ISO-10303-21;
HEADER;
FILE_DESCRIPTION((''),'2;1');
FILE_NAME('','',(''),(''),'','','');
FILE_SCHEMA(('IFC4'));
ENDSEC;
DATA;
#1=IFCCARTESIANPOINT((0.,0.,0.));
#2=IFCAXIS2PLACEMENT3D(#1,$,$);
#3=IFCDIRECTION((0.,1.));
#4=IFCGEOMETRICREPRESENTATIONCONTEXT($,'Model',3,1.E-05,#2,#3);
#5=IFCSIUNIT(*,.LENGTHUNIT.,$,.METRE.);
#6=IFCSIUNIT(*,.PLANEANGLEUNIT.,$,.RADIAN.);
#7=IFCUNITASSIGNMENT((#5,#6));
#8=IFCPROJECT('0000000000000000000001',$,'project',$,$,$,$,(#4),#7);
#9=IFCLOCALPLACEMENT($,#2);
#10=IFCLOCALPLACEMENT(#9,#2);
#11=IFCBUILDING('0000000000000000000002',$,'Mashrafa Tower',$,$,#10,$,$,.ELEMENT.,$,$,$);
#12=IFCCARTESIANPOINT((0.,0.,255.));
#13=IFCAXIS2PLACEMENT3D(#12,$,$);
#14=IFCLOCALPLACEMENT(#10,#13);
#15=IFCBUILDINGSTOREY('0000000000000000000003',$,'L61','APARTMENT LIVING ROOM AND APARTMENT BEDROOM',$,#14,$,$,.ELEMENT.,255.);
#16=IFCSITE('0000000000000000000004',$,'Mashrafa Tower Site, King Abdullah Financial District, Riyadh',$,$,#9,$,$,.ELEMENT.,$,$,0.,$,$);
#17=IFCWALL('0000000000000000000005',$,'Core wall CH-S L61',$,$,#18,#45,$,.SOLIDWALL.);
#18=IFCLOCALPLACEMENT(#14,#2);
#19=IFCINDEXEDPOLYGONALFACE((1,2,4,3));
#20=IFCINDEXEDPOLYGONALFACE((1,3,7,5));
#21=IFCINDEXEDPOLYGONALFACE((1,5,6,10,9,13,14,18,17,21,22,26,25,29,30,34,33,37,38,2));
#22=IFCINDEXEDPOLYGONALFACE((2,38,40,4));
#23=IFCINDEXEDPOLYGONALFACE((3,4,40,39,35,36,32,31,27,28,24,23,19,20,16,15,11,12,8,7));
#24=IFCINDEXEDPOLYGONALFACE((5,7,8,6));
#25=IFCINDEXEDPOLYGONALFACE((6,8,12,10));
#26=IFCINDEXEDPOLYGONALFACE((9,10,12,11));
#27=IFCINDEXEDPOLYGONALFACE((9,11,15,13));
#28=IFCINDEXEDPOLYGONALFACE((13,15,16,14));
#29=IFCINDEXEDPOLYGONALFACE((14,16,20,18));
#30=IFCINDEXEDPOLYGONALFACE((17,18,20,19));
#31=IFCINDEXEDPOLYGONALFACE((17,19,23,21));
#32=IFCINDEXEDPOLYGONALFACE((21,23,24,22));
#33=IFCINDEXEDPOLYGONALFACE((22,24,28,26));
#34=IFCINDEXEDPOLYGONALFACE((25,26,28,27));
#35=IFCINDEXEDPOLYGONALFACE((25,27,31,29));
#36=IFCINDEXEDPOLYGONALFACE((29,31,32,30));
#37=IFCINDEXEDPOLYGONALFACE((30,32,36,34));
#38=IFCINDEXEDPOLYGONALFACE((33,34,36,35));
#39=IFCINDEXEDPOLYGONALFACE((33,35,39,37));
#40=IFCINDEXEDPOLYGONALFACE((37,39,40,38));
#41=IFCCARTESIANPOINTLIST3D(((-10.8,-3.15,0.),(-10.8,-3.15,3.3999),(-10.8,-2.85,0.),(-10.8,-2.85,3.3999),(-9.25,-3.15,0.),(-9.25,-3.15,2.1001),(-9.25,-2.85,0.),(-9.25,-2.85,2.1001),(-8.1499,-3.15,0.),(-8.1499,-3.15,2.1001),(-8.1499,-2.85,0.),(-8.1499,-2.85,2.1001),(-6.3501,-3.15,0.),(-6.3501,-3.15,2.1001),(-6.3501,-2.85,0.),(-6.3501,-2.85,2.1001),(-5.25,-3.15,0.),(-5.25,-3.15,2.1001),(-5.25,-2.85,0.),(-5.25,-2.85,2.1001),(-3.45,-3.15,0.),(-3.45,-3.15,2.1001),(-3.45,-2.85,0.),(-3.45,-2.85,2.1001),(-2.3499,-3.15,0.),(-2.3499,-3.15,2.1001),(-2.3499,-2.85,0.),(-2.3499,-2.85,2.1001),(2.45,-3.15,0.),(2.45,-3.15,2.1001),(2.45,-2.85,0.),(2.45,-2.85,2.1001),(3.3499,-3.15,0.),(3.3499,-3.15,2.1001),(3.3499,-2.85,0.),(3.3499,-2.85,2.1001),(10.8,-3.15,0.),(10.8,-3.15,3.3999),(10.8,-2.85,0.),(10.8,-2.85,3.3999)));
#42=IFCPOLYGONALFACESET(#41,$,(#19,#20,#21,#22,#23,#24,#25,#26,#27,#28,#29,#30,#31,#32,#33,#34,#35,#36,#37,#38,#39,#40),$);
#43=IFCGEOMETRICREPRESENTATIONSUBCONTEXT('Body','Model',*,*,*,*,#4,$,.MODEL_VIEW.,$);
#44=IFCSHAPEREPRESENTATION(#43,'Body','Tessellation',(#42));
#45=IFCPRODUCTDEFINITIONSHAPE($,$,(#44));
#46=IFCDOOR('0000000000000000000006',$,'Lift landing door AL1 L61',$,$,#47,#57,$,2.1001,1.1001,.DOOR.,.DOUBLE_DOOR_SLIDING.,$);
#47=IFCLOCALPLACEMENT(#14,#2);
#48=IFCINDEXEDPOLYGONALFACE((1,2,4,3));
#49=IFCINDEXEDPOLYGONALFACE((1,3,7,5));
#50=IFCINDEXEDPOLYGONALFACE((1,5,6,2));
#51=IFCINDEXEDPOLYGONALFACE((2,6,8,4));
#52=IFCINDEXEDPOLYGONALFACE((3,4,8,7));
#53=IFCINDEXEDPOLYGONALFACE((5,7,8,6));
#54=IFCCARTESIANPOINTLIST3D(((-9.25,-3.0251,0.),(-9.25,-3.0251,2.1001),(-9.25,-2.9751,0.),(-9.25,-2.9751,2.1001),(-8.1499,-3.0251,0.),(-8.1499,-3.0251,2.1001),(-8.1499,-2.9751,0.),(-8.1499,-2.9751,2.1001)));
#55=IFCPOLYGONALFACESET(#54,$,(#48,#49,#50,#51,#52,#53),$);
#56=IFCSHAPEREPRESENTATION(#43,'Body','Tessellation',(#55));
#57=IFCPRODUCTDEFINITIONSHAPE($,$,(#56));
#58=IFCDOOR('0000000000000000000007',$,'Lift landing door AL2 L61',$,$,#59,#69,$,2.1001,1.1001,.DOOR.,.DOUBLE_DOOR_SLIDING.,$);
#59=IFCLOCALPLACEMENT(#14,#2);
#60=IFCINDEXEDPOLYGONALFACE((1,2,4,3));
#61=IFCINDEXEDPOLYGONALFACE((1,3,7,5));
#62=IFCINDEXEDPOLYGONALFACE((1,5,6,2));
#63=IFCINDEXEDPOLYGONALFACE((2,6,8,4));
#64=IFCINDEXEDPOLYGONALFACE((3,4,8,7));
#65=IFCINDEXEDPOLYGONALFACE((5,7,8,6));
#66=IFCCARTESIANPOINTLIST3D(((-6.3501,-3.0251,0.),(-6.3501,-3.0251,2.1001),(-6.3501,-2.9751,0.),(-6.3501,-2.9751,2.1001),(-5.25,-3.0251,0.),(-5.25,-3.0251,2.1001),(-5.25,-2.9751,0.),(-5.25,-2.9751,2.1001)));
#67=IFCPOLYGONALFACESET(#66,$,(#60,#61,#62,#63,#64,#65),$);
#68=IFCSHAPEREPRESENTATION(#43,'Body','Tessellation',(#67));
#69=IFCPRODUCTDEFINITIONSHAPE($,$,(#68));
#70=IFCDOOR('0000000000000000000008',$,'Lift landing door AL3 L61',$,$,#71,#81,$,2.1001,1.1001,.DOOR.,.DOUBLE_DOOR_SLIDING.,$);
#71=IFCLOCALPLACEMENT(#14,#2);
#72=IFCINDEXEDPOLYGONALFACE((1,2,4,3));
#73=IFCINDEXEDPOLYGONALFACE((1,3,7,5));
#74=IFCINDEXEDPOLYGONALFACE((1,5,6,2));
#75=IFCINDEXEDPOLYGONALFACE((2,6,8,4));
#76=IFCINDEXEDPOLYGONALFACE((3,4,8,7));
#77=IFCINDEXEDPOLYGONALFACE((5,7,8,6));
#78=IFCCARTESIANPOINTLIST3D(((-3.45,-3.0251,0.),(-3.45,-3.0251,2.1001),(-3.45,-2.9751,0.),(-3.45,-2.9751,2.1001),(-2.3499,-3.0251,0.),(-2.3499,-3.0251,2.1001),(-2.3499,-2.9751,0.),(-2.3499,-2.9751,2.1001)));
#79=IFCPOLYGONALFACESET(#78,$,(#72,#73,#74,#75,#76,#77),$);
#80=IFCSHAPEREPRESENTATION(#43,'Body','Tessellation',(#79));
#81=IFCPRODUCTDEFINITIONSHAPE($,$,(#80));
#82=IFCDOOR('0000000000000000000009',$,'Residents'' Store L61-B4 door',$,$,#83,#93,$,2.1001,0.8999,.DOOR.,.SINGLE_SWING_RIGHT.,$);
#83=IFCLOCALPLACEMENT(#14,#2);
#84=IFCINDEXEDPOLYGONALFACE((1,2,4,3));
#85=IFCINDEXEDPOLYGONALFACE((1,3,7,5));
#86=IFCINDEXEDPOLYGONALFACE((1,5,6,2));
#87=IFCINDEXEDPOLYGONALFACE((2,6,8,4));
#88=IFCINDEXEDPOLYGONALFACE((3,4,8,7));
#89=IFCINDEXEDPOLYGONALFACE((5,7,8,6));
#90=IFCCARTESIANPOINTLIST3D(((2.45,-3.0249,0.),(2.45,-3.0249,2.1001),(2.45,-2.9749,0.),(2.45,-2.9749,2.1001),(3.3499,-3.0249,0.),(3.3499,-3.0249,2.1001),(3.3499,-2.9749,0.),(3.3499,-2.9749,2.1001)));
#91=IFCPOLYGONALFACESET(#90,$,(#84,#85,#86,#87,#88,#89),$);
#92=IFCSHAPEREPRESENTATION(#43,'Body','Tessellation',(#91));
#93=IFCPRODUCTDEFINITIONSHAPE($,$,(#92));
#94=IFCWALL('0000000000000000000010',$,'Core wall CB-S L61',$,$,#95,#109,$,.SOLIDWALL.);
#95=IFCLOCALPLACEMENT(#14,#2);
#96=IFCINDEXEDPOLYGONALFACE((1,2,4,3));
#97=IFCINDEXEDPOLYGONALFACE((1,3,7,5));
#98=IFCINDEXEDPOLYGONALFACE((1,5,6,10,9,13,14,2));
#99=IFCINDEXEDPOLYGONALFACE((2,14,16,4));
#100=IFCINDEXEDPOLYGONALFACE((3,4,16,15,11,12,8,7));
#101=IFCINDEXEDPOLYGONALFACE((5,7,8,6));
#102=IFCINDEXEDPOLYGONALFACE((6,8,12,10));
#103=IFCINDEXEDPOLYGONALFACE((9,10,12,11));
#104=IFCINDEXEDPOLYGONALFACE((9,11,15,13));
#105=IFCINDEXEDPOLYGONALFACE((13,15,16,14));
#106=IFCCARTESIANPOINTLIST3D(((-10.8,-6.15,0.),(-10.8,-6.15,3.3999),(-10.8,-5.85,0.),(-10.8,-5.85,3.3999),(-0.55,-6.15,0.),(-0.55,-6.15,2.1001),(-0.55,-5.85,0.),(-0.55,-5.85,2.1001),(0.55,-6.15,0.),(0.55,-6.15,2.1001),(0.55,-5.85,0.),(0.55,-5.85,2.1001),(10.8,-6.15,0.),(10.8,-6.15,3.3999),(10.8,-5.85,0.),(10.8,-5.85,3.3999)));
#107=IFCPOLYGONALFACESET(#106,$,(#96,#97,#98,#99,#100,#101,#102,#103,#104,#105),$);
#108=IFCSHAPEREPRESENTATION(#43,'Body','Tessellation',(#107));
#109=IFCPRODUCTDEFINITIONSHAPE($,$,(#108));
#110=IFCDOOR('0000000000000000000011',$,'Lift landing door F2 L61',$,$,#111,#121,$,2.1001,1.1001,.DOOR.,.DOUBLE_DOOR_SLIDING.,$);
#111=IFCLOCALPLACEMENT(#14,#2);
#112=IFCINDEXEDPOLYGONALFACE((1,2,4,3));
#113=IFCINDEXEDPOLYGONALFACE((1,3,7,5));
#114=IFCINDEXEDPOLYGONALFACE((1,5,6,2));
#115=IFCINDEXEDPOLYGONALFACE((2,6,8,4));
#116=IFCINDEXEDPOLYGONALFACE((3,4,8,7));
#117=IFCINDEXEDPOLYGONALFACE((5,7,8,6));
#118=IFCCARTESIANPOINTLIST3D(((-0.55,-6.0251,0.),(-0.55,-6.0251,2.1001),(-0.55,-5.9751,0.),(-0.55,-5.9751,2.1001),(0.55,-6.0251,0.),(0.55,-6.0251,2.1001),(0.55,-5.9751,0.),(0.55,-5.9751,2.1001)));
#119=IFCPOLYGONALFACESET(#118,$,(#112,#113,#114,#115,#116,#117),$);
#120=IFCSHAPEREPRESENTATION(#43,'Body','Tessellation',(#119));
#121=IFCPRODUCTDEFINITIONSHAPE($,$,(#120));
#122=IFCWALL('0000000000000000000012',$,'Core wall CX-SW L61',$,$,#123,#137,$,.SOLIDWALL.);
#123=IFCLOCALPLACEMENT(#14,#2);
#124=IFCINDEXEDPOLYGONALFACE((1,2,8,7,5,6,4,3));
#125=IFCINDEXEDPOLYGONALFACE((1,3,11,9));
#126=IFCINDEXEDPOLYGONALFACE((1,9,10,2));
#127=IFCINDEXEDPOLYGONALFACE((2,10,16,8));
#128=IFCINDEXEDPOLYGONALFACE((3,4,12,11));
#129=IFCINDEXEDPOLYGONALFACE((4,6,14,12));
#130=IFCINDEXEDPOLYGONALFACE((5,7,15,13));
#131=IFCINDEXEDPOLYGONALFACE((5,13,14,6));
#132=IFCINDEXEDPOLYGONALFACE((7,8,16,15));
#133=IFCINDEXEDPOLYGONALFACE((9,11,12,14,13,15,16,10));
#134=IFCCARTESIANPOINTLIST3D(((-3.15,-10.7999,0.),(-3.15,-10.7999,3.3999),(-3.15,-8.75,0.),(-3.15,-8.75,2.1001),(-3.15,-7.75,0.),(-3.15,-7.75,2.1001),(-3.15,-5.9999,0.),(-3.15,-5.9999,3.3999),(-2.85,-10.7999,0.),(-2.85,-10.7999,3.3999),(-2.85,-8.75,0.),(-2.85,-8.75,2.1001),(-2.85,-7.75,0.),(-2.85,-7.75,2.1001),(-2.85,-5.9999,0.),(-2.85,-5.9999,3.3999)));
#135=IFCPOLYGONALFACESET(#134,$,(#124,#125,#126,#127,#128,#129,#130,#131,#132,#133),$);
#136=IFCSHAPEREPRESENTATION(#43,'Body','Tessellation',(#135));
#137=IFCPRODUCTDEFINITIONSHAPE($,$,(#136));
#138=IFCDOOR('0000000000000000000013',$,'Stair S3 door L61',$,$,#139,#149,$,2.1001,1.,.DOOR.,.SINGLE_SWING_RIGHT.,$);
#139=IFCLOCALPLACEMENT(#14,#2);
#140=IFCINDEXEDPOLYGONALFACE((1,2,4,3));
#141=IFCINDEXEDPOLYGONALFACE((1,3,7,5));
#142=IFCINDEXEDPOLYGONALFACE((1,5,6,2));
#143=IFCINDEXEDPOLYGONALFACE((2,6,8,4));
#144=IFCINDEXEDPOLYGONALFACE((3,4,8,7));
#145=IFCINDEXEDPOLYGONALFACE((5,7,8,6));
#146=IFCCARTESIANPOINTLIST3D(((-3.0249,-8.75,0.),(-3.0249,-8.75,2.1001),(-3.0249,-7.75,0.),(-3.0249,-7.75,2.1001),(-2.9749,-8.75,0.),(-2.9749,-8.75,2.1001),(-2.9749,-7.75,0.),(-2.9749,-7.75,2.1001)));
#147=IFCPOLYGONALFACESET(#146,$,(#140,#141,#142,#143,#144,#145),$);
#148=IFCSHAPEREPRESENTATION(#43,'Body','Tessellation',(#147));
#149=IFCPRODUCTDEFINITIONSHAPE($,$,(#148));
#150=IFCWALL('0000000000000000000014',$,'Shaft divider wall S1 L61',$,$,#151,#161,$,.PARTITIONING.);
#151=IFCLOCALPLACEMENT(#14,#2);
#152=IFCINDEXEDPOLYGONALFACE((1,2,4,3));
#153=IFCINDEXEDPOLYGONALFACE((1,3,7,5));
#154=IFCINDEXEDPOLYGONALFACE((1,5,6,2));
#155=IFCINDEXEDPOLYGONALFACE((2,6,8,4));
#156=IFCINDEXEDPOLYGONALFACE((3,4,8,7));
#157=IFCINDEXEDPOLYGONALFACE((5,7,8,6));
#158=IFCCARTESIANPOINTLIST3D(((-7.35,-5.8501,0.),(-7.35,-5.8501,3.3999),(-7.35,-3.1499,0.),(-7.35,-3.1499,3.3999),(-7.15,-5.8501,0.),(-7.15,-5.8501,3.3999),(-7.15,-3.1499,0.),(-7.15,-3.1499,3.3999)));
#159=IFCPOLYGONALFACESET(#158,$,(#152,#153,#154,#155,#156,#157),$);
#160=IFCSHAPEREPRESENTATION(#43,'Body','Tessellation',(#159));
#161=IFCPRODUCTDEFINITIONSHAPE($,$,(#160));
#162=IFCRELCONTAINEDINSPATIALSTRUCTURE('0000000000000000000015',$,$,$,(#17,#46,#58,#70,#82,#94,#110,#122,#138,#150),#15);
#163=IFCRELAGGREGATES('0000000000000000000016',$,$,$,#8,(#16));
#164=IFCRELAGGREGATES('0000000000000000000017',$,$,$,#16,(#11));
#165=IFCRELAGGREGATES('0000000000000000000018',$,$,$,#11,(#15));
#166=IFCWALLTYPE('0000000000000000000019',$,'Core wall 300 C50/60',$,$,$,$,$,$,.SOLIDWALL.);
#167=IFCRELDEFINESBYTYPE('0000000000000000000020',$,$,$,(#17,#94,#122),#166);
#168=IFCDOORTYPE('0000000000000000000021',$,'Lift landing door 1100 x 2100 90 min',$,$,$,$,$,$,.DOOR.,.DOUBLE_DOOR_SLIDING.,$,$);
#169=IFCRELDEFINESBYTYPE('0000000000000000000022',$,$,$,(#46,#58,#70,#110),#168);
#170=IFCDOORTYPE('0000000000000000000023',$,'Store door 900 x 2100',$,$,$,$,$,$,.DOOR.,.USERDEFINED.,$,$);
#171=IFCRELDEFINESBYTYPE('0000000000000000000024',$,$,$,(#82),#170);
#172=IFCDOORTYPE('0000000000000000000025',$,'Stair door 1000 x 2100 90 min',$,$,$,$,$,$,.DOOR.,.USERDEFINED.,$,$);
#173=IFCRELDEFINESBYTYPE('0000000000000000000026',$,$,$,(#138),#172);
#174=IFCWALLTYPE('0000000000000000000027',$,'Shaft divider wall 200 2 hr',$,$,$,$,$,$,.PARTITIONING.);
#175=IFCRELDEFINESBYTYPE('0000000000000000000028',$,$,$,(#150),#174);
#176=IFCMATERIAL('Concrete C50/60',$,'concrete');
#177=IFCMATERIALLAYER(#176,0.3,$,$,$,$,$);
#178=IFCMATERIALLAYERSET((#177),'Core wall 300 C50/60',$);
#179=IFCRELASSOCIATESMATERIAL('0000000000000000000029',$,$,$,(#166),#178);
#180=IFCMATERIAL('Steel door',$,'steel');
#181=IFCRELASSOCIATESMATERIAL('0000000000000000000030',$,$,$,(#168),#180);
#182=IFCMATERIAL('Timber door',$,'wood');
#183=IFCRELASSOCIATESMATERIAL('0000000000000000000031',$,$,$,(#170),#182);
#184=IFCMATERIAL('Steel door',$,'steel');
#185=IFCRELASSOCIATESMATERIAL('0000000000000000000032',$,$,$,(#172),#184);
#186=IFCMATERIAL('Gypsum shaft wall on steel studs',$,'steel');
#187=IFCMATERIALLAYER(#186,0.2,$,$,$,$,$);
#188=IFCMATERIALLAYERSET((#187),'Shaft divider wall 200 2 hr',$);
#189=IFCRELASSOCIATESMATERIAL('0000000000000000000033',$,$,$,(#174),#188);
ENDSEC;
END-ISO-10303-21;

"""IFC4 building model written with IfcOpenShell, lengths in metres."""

from ifc_helpers import new_model, si_unit, direction, frame, frame_2d, origin, place, context, subcontext, project, spatial, rectangle, extrude, material, layer, layer_set, type_object, element, fill, save


model = new_model("IFC4")

# Units and contexts
model_context = context("Model", 3, precision=1e-05, world=origin(), true_north=direction((0.0, 1.0)))
body_context = subcontext(model_context, "Body", "Model", "MODEL_VIEW")
ifc_project = project(units=[si_unit("LENGTHUNIT", "METRE"), si_unit("PLANEANGLEUNIT", "RADIAN")], contexts=[model_context])

# Site, building, storey
site_placement = place(None, origin())
site = spatial("IfcSite", under=ifc_project, at=site_placement, Name="Mashrafa Tower Site, King Abdullah Financial District, Riyadh", CompositionType="ELEMENT", RefElevation=0.0)
building_placement = place(site_placement, origin())
building = spatial("IfcBuilding", under=site, at=building_placement, Name="Mashrafa Tower", CompositionType="ELEMENT")
storey_placement = place(building_placement, frame((0.0, 0.0, 255.0)))
storey = spatial("IfcBuildingStorey", under=building, at=storey_placement, Name="L61", Description="APARTMENT LIVING ROOM AND APARTMENT BEDROOM", CompositionType="ELEMENT", Elevation=255.0)

# Wall, openings, doors
ifc_material_1 = material(Name="Concrete C50/60", Category="concrete")
ifc_layer_1 = layer(ifc_material_1, 0.3)
ifc_layer_set_1 = layer_set([ifc_layer_1], Name="Core wall 300 C50/60")
wall_type_1 = type_object("IfcWallType", Name="Core wall 300 C50/60", PredefinedType="SOLIDWALL", material=ifc_layer_set_1)
wall_1_placement = place(storey_placement, frame((-10.8, -3.0, 0.0), z_axis=(0.0, 0.0, 1.0), x_axis=(1.0, 0.0, 0.0)))
wall_1 = element("IfcWall", 1, at=wall_1_placement, inside=storey, type_object=wall_type_1, Name="Core wall CH-S L61", PredefinedType="SOLIDWALL", context=body_context, shape_type="SweptSolid", body=[
    extrude(rectangle(XDim=21.6001, YDim=0.3, at=frame_2d((10.8, 0.0))), origin(), (0.0, 0.0, 1.0), 3.3999),
])
opening_1_placement = place(wall_1_placement, frame((13.25, 0.0, 0.0)))
opening_1 = element("IfcOpeningElement", 2, at=opening_1_placement, cuts=wall_1, PredefinedType="OPENING", context=body_context, shape_type="SweptSolid", body=[
    extrude(rectangle(XDim=0.8999, YDim=2.1001, at=frame_2d((0.45, 1.05))), frame((0.0, 0.1599, 0.0), z_axis=(0.0, -1.0, 0.0), x_axis=(1.0, 0.0, 0.0)), (0.0, 0.0, 1.0), 0.3201),
])
opening_2_placement = place(wall_1_placement, frame((1.55, 0.0, 0.0)))
opening_2 = element("IfcOpeningElement", 3, at=opening_2_placement, cuts=wall_1, PredefinedType="OPENING", context=body_context, shape_type="SweptSolid", body=[
    extrude(rectangle(XDim=1.1001, YDim=2.1001, at=frame_2d((0.55, 1.05))), frame((0.0, 0.1599, 0.0), z_axis=(0.0, -1.0, 0.0), x_axis=(1.0, 0.0, 0.0)), (0.0, 0.0, 1.0), 0.3201),
])
opening_3_placement = place(wall_1_placement, frame((4.45, 0.0, 0.0)))
opening_3 = element("IfcOpeningElement", 4, at=opening_3_placement, cuts=wall_1, PredefinedType="OPENING", context=body_context, shape_type="SweptSolid", body=[
    extrude(rectangle(XDim=1.1001, YDim=2.1001, at=frame_2d((0.55, 1.05))), frame((0.0, 0.1599, 0.0), z_axis=(0.0, -1.0, 0.0), x_axis=(1.0, 0.0, 0.0)), (0.0, 0.0, 1.0), 0.3201),
])
opening_4_placement = place(wall_1_placement, frame((7.3501, 0.0, 0.0)))
opening_4 = element("IfcOpeningElement", 5, at=opening_4_placement, cuts=wall_1, PredefinedType="OPENING", context=body_context, shape_type="SweptSolid", body=[
    extrude(rectangle(XDim=1.1001, YDim=2.1001, at=frame_2d((0.55, 1.05))), frame((0.0, 0.1599, 0.0), z_axis=(0.0, -1.0, 0.0), x_axis=(1.0, 0.0, 0.0)), (0.0, 0.0, 1.0), 0.3201),
])
ifc_material_2 = material(Name="Steel door", Category="steel")
door_type_1 = type_object("IfcDoorType", Name="Lift landing door 1100 x 2100 90 min", OperationType="DOUBLE_DOOR_SLIDING", PredefinedType="DOOR", material=ifc_material_2)
door_1_placement = place(opening_2_placement, origin())
door_1 = element("IfcDoor", 6, at=door_1_placement, inside=storey, type_object=door_type_1, Name="Lift landing door AL1 L61", OperationType="DOUBLE_DOOR_SLIDING", OverallHeight=2.1001, OverallWidth=1.1001, PredefinedType="DOOR", context=body_context, shape_type="SweptSolid", body=[
    extrude(rectangle(XDim=1.1001, YDim=2.1001, at=frame_2d((0.55, 1.05))), frame((0.0, 0.0249, 0.0), z_axis=(0.0, -1.0, 0.0), x_axis=(1.0, 0.0, 0.0)), (0.0, 0.0, 1.0), 0.05),
])
fill(opening_2, door_1)
door_2_placement = place(opening_3_placement, origin())
door_2 = element("IfcDoor", 7, at=door_2_placement, inside=storey, type_object=door_type_1, Name="Lift landing door AL2 L61", OperationType="DOUBLE_DOOR_SLIDING", OverallHeight=2.1001, OverallWidth=1.1001, PredefinedType="DOOR", context=body_context, shape_type="SweptSolid", body=[
    extrude(rectangle(XDim=1.1001, YDim=2.1001, at=frame_2d((0.55, 1.05))), frame((0.0, 0.0249, 0.0), z_axis=(0.0, -1.0, 0.0), x_axis=(1.0, 0.0, 0.0)), (0.0, 0.0, 1.0), 0.05),
])
fill(opening_3, door_2)
door_3_placement = place(opening_4_placement, origin())
door_3 = element("IfcDoor", 8, at=door_3_placement, inside=storey, type_object=door_type_1, Name="Lift landing door AL3 L61", OperationType="DOUBLE_DOOR_SLIDING", OverallHeight=2.1001, OverallWidth=1.1001, PredefinedType="DOOR", context=body_context, shape_type="SweptSolid", body=[
    extrude(rectangle(XDim=1.1001, YDim=2.1001, at=frame_2d((0.55, 1.05))), frame((0.0, 0.0249, 0.0), z_axis=(0.0, -1.0, 0.0), x_axis=(1.0, 0.0, 0.0)), (0.0, 0.0, 1.0), 0.05),
])
fill(opening_4, door_3)
ifc_material_3 = material(Name="Timber door", Category="wood")
door_type_2 = type_object("IfcDoorType", Name="Store door 900 x 2100", OperationType="USERDEFINED", PredefinedType="DOOR", material=ifc_material_3)
door_4_placement = place(opening_1_placement, frame((0.8999, 0.0, 0.0), z_axis=(0.0, 0.0, 1.0), x_axis=(-1.0, 0.0, 0.0)))
door_4 = element("IfcDoor", 9, at=door_4_placement, inside=storey, type_object=door_type_2, Name="Residents' Store L61-B4 door", OperationType="SINGLE_SWING_RIGHT", OverallHeight=2.1001, OverallWidth=0.8999, PredefinedType="DOOR", context=body_context, shape_type="SweptSolid", body=[
    extrude(rectangle(XDim=0.8999, YDim=2.1001, at=frame_2d((0.45, 1.05))), frame((0.0, 0.0249, 0.0), z_axis=(0.0, -1.0, 0.0), x_axis=(1.0, 0.0, 0.0)), (0.0, 0.0, 1.0), 0.05),
])
fill(opening_1, door_4)

# Walls, openings, doors
wall_2_placement = place(storey_placement, frame((-10.8, -6.0, 0.0), z_axis=(0.0, 0.0, 1.0), x_axis=(1.0, 0.0, 0.0)))
wall_2 = element("IfcWall", 10, at=wall_2_placement, inside=storey, type_object=wall_type_1, Name="Core wall CB-S L61", PredefinedType="SOLIDWALL", context=body_context, shape_type="SweptSolid", body=[
    extrude(rectangle(XDim=21.6001, YDim=0.3, at=frame_2d((10.8, 0.0))), origin(), (0.0, 0.0, 1.0), 3.3999),
])
opening_5_placement = place(wall_2_placement, frame((10.25, 0.0, 0.0)))
opening_5 = element("IfcOpeningElement", 11, at=opening_5_placement, cuts=wall_2, PredefinedType="OPENING", context=body_context, shape_type="SweptSolid", body=[
    extrude(rectangle(XDim=1.1001, YDim=2.1001, at=frame_2d((0.55, 1.05))), frame((0.0, 0.1599, 0.0), z_axis=(0.0, -1.0, 0.0), x_axis=(1.0, 0.0, 0.0)), (0.0, 0.0, 1.0), 0.3201),
])
door_5_placement = place(opening_5_placement, origin())
door_5 = element("IfcDoor", 12, at=door_5_placement, inside=storey, type_object=door_type_1, Name="Lift landing door F2 L61", OperationType="DOUBLE_DOOR_SLIDING", OverallHeight=2.1001, OverallWidth=1.1001, PredefinedType="DOOR", context=body_context, shape_type="SweptSolid", body=[
    extrude(rectangle(XDim=1.1001, YDim=2.1001, at=frame_2d((0.55, 1.05))), frame((0.0, 0.0249, 0.0), z_axis=(0.0, -1.0, 0.0), x_axis=(1.0, 0.0, 0.0)), (0.0, 0.0, 1.0), 0.05),
])
fill(opening_5, door_5)
wall_3_placement = place(storey_placement, frame((-3.0, -6.0, 0.0), z_axis=(0.0, 0.0, 1.0), x_axis=(0.0, -1.0, 0.0)))
wall_3 = element("IfcWall", 13, at=wall_3_placement, inside=storey, type_object=wall_type_1, Name="Core wall CX-SW L61", PredefinedType="SOLIDWALL", context=body_context, shape_type="SweptSolid", body=[
    extrude(rectangle(XDim=4.8, YDim=0.3, at=frame_2d((2.3999, 0.0))), origin(), (0.0, 0.0, 1.0), 3.3999),
])
opening_6_placement = place(wall_3_placement, frame((1.75, 0.0, 0.0)))
opening_6 = element("IfcOpeningElement", 14, at=opening_6_placement, cuts=wall_3, PredefinedType="OPENING", context=body_context, shape_type="SweptSolid", body=[
    extrude(rectangle(XDim=1.0, YDim=2.1001, at=frame_2d((0.5, 1.05))), frame((0.0, 0.1599, 0.0), z_axis=(0.0, -1.0, 0.0), x_axis=(1.0, 0.0, 0.0)), (0.0, 0.0, 1.0), 0.3201),
])
ifc_material_4 = material(Name="Steel door", Category="steel")
door_type_3 = type_object("IfcDoorType", Name="Stair door 1000 x 2100 90 min", OperationType="USERDEFINED", PredefinedType="DOOR", material=ifc_material_4)
door_6_placement = place(opening_6_placement, frame((1.0, 0.0, 0.0), z_axis=(0.0, 0.0, 1.0), x_axis=(-1.0, 0.0, 0.0)))
door_6 = element("IfcDoor", 15, at=door_6_placement, inside=storey, type_object=door_type_3, Name="Stair S3 door L61", OperationType="SINGLE_SWING_RIGHT", OverallHeight=2.1001, OverallWidth=1.0, PredefinedType="DOOR", context=body_context, shape_type="SweptSolid", body=[
    extrude(rectangle(XDim=1.0, YDim=2.1001, at=frame_2d((0.5, 1.05))), frame((0.0, 0.0249, 0.0), z_axis=(0.0, -1.0, 0.0), x_axis=(1.0, 0.0, 0.0)), (0.0, 0.0, 1.0), 0.05),
])
fill(opening_6, door_6)

# Wall
ifc_material_5 = material(Name="Gypsum shaft wall on steel studs", Category="steel")
ifc_layer_2 = layer(ifc_material_5, 0.2)
ifc_layer_set_2 = layer_set([ifc_layer_2], Name="Shaft divider wall 200 2 hr")
wall_type_2 = type_object("IfcWallType", Name="Shaft divider wall 200 2 hr", PredefinedType="PARTITIONING", material=ifc_layer_set_2)
for number, where, z_axis, x_axis, name in (
    (16, (-7.25, -5.8501, 0.0), (0.0, 0.0, 1.0), (0.0, 1.0, 0.0), "Shaft divider wall S1 L61"),
):
    element("IfcWall", number, at=place(storey_placement, frame(where, z_axis=z_axis, x_axis=x_axis)), inside=storey, type_object=wall_type_2, Name=name, PredefinedType="PARTITIONING", context=body_context, shape_type="SweptSolid", body=[
        extrude(rectangle(XDim=2.7002, YDim=0.2, at=frame_2d((1.3501, 0.0))), origin(), (0.0, 0.0, 1.0), 3.3999),
    ])

save(model, "model.ifc")
